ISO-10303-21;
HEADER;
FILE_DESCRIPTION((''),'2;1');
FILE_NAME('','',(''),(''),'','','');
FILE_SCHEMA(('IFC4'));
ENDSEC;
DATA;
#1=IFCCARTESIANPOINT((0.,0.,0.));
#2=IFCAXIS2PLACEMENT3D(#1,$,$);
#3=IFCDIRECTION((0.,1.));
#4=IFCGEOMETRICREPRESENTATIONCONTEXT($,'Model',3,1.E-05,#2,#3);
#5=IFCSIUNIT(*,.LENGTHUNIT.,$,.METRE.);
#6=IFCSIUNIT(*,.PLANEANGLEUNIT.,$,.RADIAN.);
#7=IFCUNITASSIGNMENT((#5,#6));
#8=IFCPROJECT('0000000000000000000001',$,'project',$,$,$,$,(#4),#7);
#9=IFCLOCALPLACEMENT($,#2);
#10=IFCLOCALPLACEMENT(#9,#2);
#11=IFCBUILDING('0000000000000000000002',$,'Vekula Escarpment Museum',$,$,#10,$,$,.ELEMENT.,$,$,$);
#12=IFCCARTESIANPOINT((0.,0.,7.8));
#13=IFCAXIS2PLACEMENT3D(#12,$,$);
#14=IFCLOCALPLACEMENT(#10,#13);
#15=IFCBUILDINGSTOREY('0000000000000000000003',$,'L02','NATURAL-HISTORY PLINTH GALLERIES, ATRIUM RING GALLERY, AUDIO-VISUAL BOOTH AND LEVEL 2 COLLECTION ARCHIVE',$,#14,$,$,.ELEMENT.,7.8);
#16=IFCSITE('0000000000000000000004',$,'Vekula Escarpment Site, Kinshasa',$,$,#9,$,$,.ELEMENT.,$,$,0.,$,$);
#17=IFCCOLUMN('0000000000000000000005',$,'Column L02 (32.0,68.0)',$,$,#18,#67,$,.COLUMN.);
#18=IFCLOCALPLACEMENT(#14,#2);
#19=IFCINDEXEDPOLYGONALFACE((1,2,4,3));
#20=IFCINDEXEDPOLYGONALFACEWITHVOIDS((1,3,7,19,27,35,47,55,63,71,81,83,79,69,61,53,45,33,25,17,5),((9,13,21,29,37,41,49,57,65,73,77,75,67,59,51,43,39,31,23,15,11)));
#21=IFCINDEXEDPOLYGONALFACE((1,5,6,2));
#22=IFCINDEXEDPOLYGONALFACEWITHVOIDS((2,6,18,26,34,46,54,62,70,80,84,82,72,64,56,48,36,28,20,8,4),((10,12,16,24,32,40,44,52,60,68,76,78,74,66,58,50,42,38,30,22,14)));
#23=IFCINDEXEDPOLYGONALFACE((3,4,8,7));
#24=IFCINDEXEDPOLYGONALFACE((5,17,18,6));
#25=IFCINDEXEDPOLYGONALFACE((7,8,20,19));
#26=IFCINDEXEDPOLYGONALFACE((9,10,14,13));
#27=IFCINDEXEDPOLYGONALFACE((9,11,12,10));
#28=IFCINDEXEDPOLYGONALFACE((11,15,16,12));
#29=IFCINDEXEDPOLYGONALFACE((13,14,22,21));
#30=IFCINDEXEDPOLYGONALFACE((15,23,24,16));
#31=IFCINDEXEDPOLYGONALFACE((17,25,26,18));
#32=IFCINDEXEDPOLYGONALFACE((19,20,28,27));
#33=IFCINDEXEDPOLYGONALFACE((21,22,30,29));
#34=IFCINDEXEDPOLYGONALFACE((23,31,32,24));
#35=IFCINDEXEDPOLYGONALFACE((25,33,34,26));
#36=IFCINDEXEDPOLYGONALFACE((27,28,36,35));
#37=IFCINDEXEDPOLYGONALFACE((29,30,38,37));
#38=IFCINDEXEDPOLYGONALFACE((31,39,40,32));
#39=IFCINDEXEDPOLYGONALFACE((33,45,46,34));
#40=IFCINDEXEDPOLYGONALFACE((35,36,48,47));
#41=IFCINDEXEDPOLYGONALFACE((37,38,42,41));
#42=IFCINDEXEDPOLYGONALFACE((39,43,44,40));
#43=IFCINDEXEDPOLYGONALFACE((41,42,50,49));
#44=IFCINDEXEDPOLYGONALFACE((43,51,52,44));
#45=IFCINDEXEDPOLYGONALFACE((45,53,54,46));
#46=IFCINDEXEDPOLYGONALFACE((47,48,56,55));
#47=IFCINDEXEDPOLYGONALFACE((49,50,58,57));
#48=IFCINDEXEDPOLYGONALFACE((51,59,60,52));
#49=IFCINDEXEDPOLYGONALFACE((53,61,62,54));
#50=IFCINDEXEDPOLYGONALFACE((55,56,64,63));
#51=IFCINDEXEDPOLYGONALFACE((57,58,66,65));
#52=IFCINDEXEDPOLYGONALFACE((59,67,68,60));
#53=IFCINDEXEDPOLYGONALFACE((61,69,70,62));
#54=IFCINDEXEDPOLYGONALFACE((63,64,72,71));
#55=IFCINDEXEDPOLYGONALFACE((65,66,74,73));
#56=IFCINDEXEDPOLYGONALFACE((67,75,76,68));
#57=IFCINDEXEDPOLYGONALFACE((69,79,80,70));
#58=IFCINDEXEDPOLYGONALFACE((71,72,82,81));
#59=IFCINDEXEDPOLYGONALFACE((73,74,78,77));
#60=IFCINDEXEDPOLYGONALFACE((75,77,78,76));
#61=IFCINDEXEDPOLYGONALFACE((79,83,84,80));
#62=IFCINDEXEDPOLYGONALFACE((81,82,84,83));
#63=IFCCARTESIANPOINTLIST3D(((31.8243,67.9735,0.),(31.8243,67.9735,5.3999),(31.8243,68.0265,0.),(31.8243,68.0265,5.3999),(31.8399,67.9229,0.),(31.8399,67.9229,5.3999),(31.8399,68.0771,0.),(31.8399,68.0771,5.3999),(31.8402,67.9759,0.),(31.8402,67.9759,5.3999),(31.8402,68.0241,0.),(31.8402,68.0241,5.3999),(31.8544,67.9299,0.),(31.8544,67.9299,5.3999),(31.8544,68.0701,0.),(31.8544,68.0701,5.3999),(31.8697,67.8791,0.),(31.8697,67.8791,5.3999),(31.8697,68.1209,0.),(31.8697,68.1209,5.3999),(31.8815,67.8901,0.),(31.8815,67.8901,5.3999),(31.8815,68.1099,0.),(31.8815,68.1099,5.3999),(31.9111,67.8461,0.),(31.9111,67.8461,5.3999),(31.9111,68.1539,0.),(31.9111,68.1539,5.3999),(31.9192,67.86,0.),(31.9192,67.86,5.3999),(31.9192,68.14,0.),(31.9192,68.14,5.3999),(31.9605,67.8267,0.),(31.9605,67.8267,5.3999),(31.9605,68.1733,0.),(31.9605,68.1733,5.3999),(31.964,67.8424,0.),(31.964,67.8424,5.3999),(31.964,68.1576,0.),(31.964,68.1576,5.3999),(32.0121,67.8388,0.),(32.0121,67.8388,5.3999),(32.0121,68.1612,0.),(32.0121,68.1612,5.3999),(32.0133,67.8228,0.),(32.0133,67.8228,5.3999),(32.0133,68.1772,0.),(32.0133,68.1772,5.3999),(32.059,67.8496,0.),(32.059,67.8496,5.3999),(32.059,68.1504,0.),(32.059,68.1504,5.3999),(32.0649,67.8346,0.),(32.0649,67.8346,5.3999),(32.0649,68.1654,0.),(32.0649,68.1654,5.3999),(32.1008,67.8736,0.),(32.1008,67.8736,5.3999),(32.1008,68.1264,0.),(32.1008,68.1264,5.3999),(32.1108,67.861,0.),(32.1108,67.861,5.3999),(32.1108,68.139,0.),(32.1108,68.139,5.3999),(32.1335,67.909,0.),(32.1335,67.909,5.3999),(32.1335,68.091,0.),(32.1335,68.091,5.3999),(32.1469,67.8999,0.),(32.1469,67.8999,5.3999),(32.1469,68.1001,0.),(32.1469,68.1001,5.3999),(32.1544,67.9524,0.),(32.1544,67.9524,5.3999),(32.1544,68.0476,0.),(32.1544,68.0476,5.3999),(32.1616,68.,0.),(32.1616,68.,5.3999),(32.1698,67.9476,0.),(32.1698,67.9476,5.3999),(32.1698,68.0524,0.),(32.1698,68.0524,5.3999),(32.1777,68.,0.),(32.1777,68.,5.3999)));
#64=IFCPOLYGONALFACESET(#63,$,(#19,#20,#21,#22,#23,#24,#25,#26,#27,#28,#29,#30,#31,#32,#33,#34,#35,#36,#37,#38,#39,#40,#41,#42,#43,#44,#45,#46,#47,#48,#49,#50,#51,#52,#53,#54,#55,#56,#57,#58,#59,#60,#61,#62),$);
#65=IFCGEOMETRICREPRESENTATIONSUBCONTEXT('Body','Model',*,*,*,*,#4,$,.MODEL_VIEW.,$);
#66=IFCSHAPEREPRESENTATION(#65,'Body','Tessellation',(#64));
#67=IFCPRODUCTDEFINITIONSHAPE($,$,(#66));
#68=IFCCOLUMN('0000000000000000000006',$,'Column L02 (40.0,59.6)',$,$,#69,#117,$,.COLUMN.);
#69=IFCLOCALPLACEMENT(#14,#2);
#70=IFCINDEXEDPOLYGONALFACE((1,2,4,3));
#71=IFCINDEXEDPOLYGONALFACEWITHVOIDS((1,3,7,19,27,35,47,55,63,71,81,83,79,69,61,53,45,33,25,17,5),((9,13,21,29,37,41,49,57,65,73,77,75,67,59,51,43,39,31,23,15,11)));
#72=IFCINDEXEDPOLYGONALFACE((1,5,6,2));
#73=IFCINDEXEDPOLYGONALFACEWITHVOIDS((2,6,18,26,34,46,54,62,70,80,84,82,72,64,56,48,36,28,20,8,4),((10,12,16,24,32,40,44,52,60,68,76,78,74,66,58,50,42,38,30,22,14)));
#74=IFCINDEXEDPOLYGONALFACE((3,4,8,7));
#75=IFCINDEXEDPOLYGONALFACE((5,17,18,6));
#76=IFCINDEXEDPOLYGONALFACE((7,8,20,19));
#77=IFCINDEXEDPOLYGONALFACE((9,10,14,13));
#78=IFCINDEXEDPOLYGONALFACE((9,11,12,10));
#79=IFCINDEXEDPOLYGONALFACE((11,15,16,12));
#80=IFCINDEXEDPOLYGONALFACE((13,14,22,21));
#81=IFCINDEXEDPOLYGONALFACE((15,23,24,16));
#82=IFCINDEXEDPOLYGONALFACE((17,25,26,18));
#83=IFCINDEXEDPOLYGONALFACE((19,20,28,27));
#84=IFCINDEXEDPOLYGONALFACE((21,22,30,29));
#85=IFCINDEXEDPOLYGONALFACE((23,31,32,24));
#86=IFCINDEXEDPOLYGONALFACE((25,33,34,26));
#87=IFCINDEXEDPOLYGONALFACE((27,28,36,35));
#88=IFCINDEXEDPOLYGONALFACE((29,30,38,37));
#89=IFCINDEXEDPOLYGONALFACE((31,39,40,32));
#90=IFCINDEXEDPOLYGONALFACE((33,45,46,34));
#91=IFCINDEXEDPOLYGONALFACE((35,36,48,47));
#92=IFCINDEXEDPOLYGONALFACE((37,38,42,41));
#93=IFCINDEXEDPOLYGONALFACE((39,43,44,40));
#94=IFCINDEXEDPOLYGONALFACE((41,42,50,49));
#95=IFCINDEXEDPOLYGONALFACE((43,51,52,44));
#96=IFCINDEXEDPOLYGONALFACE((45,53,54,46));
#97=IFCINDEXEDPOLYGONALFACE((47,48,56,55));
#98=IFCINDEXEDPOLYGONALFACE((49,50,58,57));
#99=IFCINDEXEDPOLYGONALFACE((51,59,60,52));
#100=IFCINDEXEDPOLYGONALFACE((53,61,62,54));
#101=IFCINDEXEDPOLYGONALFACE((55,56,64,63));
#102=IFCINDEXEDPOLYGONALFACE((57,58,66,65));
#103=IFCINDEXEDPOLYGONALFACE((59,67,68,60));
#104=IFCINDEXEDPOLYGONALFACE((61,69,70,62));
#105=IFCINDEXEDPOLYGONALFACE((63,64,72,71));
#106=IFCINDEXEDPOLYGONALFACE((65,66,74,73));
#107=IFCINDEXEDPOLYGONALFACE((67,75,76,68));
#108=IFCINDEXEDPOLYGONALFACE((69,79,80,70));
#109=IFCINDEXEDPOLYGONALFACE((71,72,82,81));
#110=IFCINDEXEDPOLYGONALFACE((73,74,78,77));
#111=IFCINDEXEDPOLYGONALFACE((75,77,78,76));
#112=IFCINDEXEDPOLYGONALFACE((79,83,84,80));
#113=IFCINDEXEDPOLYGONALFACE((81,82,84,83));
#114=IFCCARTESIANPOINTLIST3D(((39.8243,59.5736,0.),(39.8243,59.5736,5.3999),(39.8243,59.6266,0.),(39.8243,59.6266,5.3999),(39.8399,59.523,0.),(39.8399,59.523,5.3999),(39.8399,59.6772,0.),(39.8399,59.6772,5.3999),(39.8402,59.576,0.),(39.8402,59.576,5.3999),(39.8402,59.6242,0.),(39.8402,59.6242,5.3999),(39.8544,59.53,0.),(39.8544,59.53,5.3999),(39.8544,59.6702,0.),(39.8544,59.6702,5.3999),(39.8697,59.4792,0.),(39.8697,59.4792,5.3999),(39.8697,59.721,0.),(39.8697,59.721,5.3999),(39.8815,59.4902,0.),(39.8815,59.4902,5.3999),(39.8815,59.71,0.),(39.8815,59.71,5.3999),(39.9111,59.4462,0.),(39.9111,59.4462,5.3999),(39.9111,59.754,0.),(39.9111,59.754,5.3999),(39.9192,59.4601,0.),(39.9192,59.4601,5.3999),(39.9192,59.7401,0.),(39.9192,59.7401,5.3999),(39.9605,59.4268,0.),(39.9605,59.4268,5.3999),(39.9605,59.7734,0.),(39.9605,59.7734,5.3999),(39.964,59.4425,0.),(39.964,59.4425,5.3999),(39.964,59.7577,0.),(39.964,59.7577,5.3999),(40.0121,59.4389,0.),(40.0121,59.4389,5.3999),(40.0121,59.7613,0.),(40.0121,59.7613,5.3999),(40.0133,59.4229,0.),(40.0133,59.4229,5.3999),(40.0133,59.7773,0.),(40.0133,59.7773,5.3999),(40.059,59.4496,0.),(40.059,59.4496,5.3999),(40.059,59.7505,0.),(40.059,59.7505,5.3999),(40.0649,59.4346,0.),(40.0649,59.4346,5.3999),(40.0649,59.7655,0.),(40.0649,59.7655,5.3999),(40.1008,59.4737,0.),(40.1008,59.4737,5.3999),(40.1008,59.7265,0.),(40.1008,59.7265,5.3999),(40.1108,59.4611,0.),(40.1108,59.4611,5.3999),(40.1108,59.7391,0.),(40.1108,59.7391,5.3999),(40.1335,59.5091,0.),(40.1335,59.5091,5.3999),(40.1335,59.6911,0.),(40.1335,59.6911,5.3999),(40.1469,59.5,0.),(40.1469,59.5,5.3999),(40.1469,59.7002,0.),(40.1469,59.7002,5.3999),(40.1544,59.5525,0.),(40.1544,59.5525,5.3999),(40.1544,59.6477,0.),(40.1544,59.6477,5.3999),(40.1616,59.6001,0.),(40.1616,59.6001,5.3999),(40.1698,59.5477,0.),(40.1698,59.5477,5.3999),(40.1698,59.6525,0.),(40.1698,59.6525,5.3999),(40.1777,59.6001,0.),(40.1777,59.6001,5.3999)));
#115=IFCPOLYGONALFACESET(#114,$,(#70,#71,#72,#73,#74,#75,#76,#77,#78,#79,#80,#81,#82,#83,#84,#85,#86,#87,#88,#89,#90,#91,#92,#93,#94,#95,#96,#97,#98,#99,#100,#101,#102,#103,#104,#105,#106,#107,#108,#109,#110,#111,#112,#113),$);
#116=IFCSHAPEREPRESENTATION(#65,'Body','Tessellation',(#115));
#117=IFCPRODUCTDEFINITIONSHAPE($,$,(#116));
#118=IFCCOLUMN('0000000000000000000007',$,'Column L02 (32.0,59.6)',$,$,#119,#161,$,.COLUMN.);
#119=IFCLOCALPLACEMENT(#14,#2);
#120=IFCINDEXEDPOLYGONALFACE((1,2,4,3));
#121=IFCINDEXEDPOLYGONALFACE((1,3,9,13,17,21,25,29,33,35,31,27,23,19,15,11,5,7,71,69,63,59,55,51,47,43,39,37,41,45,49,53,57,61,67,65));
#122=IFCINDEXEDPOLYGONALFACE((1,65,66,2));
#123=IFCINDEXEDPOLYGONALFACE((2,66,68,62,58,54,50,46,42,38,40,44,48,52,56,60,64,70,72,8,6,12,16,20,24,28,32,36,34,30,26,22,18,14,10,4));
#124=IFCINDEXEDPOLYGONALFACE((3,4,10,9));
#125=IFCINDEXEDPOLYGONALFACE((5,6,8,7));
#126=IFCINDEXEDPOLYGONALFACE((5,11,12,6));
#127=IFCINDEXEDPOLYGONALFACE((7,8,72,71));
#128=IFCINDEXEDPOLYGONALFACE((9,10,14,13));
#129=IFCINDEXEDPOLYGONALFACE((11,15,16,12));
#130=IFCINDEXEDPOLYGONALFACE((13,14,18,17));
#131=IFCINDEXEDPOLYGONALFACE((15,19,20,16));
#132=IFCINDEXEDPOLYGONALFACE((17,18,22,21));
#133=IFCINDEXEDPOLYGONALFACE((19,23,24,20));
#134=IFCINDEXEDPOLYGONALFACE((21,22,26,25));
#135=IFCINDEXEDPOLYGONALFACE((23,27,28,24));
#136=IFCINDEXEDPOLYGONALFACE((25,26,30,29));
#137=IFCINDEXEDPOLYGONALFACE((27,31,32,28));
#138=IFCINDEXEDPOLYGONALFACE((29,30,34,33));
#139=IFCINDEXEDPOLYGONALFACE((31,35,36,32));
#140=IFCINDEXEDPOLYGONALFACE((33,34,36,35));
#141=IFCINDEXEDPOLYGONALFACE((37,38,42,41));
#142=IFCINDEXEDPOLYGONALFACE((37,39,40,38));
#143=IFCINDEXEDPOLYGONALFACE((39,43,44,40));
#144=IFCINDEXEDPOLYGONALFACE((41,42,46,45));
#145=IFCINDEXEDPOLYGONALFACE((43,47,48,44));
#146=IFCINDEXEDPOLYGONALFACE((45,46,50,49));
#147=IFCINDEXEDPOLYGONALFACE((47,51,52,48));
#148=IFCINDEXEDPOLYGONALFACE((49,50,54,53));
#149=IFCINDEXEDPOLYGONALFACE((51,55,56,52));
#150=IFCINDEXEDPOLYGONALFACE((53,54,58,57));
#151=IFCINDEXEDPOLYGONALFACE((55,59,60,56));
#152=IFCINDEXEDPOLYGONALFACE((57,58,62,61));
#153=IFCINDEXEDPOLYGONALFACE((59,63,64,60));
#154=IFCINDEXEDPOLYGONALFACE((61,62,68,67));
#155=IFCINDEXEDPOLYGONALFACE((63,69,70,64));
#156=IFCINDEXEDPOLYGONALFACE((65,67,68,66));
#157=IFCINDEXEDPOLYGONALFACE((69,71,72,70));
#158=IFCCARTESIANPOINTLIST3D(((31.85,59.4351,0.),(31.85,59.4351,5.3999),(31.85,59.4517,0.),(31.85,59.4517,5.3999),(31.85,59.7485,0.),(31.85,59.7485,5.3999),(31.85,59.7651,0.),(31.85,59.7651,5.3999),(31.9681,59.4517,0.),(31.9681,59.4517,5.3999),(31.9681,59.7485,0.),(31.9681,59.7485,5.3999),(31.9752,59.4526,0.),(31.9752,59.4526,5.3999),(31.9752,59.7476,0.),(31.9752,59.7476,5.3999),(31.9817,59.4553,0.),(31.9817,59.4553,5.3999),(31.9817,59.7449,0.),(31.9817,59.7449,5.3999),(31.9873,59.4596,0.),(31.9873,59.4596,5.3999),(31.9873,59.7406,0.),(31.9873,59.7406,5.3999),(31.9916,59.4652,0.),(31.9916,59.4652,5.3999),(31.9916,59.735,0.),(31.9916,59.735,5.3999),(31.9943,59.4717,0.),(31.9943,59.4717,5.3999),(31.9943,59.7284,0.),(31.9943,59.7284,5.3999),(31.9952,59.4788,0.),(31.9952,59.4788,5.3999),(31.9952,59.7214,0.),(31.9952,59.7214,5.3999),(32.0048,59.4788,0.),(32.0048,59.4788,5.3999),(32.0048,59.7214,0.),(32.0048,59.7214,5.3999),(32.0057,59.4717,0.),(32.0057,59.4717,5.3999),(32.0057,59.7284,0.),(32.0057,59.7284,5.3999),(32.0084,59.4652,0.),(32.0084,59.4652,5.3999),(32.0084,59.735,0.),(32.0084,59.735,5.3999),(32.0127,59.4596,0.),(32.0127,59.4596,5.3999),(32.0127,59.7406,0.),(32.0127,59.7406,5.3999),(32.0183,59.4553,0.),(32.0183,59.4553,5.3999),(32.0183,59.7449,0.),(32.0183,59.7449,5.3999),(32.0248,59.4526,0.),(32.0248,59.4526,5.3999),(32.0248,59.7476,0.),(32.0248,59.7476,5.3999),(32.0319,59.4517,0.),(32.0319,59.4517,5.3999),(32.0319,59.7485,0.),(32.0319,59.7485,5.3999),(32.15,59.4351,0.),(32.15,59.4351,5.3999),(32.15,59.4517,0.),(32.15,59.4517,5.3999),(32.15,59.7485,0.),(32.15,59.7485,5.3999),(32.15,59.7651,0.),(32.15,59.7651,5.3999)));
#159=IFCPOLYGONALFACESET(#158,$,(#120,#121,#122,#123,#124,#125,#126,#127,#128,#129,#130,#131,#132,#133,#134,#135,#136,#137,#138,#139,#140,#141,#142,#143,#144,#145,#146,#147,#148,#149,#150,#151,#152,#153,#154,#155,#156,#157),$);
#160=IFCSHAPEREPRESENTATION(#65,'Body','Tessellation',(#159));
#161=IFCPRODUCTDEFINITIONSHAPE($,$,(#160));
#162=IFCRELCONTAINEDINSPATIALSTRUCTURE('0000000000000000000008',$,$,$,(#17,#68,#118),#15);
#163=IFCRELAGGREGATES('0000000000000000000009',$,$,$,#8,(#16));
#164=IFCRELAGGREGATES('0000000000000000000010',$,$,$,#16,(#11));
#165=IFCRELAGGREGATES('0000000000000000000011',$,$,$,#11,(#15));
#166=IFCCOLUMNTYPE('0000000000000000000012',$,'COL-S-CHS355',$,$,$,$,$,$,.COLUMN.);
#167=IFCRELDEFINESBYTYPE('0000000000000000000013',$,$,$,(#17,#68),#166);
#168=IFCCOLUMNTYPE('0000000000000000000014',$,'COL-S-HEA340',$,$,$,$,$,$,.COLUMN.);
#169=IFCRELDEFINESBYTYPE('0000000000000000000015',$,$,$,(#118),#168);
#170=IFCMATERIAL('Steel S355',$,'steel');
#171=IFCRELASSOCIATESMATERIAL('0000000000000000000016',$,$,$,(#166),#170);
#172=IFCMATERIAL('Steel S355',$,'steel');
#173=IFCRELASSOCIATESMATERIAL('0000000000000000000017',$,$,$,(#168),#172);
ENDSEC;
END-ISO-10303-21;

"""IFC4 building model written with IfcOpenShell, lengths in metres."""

from ifc_helpers import new_model, si_unit, direction, frame, origin, origin_2d, place, context, subcontext, project, spatial, hollow_circle, i_section, extrude, material, material_profile, profile_set, type_object, element, save


model = new_model("IFC4")

# Units and contexts
model_context = context("Model", 3, precision=1e-05, world=origin(), true_north=direction((0.0, 1.0)))
body_context = subcontext(model_context, "Body", "Model", "MODEL_VIEW")
ifc_project = project(units=[si_unit("LENGTHUNIT", "METRE"), si_unit("PLANEANGLEUNIT", "RADIAN")], contexts=[model_context])

# Site, building, storey
site_placement = place(None, origin())
site = spatial("IfcSite", under=ifc_project, at=site_placement, Name="Vekula Escarpment Site, Kinshasa", CompositionType="ELEMENT", RefElevation=0.0)
building_placement = place(site_placement, origin())
building = spatial("IfcBuilding", under=site, at=building_placement, Name="Vekula Escarpment Museum", CompositionType="ELEMENT")
storey_placement = place(building_placement, frame((0.0, 0.0, 7.8)))
storey = spatial("IfcBuildingStorey", under=building, at=storey_placement, Name="L02", Description="NATURAL-HISTORY PLINTH GALLERIES, ATRIUM RING GALLERY, AUDIO-VISUAL BOOTH AND LEVEL 2 COLLECTION ARCHIVE", CompositionType="ELEMENT", Elevation=7.8)

# Columns
ifc_material_1 = material(Name="Steel S355", Category="steel")
ifc_material_profile_1 = material_profile(ifc_material_1, hollow_circle(Radius=0.1777, WallThickness=0.0161, at=origin_2d()), Name="CHS 355.6x16")
ifc_profile_set_1 = profile_set([ifc_material_profile_1], Name="Steel S355")
column_type_1 = type_object("IfcColumnType", Name="COL-S-CHS355", PredefinedType="COLUMN", material=ifc_profile_set_1)
for number, where, z_axis, x_axis, name in (
    (1, (32.0, 68.0, 0.0), (0.0, 0.0, 1.0), (1.0, 0.0, 0.0), "Column L02 (32.0,68.0)"),
    (2, (40.0, 59.6001, 0.0), (0.0, 0.0, 1.0), (1.0, 0.0, 0.0), "Column L02 (40.0,59.6)"),
):
    element("IfcColumn", number, at=place(storey_placement, frame(where, z_axis=z_axis, x_axis=x_axis)), inside=storey, type_object=column_type_1, Name=name, PredefinedType="COLUMN", context=body_context, shape_type="SweptSolid", body=[
        extrude(hollow_circle(Radius=0.1777, WallThickness=0.0161, at=origin_2d()), origin(), (0.0, 0.0, 1.0), 5.3999),
    ])
ifc_material_2 = material(Name="Steel S355", Category="steel")
ifc_material_profile_2 = material_profile(ifc_material_2, i_section(OverallWidth=0.3, OverallDepth=0.3301, WebThickness=0.0095, FlangeThickness=0.0166, FilletRadius=0.0271, at=origin_2d()), Name="HEA 340")
ifc_profile_set_2 = profile_set([ifc_material_profile_2], Name="Steel S355")
column_type_2 = type_object("IfcColumnType", Name="COL-S-HEA340", PredefinedType="COLUMN", material=ifc_profile_set_2)
column_placement = place(storey_placement, frame((32.0, 59.6001, 0.0), z_axis=(0.0, 0.0, 1.0), x_axis=(1.0, 0.0, 0.0)))
element("IfcColumn", 3, at=column_placement, inside=storey, type_object=column_type_2, Name="Column L02 (32.0,59.6)", PredefinedType="COLUMN", context=body_context, shape_type="SweptSolid", body=[
    extrude(i_section(OverallWidth=0.3, OverallDepth=0.3301, WebThickness=0.0095, FlangeThickness=0.0166, FilletRadius=0.0271, at=origin_2d()), origin(), (0.0, 0.0, 1.0), 5.3999),
])

save(model, "model.ifc")
